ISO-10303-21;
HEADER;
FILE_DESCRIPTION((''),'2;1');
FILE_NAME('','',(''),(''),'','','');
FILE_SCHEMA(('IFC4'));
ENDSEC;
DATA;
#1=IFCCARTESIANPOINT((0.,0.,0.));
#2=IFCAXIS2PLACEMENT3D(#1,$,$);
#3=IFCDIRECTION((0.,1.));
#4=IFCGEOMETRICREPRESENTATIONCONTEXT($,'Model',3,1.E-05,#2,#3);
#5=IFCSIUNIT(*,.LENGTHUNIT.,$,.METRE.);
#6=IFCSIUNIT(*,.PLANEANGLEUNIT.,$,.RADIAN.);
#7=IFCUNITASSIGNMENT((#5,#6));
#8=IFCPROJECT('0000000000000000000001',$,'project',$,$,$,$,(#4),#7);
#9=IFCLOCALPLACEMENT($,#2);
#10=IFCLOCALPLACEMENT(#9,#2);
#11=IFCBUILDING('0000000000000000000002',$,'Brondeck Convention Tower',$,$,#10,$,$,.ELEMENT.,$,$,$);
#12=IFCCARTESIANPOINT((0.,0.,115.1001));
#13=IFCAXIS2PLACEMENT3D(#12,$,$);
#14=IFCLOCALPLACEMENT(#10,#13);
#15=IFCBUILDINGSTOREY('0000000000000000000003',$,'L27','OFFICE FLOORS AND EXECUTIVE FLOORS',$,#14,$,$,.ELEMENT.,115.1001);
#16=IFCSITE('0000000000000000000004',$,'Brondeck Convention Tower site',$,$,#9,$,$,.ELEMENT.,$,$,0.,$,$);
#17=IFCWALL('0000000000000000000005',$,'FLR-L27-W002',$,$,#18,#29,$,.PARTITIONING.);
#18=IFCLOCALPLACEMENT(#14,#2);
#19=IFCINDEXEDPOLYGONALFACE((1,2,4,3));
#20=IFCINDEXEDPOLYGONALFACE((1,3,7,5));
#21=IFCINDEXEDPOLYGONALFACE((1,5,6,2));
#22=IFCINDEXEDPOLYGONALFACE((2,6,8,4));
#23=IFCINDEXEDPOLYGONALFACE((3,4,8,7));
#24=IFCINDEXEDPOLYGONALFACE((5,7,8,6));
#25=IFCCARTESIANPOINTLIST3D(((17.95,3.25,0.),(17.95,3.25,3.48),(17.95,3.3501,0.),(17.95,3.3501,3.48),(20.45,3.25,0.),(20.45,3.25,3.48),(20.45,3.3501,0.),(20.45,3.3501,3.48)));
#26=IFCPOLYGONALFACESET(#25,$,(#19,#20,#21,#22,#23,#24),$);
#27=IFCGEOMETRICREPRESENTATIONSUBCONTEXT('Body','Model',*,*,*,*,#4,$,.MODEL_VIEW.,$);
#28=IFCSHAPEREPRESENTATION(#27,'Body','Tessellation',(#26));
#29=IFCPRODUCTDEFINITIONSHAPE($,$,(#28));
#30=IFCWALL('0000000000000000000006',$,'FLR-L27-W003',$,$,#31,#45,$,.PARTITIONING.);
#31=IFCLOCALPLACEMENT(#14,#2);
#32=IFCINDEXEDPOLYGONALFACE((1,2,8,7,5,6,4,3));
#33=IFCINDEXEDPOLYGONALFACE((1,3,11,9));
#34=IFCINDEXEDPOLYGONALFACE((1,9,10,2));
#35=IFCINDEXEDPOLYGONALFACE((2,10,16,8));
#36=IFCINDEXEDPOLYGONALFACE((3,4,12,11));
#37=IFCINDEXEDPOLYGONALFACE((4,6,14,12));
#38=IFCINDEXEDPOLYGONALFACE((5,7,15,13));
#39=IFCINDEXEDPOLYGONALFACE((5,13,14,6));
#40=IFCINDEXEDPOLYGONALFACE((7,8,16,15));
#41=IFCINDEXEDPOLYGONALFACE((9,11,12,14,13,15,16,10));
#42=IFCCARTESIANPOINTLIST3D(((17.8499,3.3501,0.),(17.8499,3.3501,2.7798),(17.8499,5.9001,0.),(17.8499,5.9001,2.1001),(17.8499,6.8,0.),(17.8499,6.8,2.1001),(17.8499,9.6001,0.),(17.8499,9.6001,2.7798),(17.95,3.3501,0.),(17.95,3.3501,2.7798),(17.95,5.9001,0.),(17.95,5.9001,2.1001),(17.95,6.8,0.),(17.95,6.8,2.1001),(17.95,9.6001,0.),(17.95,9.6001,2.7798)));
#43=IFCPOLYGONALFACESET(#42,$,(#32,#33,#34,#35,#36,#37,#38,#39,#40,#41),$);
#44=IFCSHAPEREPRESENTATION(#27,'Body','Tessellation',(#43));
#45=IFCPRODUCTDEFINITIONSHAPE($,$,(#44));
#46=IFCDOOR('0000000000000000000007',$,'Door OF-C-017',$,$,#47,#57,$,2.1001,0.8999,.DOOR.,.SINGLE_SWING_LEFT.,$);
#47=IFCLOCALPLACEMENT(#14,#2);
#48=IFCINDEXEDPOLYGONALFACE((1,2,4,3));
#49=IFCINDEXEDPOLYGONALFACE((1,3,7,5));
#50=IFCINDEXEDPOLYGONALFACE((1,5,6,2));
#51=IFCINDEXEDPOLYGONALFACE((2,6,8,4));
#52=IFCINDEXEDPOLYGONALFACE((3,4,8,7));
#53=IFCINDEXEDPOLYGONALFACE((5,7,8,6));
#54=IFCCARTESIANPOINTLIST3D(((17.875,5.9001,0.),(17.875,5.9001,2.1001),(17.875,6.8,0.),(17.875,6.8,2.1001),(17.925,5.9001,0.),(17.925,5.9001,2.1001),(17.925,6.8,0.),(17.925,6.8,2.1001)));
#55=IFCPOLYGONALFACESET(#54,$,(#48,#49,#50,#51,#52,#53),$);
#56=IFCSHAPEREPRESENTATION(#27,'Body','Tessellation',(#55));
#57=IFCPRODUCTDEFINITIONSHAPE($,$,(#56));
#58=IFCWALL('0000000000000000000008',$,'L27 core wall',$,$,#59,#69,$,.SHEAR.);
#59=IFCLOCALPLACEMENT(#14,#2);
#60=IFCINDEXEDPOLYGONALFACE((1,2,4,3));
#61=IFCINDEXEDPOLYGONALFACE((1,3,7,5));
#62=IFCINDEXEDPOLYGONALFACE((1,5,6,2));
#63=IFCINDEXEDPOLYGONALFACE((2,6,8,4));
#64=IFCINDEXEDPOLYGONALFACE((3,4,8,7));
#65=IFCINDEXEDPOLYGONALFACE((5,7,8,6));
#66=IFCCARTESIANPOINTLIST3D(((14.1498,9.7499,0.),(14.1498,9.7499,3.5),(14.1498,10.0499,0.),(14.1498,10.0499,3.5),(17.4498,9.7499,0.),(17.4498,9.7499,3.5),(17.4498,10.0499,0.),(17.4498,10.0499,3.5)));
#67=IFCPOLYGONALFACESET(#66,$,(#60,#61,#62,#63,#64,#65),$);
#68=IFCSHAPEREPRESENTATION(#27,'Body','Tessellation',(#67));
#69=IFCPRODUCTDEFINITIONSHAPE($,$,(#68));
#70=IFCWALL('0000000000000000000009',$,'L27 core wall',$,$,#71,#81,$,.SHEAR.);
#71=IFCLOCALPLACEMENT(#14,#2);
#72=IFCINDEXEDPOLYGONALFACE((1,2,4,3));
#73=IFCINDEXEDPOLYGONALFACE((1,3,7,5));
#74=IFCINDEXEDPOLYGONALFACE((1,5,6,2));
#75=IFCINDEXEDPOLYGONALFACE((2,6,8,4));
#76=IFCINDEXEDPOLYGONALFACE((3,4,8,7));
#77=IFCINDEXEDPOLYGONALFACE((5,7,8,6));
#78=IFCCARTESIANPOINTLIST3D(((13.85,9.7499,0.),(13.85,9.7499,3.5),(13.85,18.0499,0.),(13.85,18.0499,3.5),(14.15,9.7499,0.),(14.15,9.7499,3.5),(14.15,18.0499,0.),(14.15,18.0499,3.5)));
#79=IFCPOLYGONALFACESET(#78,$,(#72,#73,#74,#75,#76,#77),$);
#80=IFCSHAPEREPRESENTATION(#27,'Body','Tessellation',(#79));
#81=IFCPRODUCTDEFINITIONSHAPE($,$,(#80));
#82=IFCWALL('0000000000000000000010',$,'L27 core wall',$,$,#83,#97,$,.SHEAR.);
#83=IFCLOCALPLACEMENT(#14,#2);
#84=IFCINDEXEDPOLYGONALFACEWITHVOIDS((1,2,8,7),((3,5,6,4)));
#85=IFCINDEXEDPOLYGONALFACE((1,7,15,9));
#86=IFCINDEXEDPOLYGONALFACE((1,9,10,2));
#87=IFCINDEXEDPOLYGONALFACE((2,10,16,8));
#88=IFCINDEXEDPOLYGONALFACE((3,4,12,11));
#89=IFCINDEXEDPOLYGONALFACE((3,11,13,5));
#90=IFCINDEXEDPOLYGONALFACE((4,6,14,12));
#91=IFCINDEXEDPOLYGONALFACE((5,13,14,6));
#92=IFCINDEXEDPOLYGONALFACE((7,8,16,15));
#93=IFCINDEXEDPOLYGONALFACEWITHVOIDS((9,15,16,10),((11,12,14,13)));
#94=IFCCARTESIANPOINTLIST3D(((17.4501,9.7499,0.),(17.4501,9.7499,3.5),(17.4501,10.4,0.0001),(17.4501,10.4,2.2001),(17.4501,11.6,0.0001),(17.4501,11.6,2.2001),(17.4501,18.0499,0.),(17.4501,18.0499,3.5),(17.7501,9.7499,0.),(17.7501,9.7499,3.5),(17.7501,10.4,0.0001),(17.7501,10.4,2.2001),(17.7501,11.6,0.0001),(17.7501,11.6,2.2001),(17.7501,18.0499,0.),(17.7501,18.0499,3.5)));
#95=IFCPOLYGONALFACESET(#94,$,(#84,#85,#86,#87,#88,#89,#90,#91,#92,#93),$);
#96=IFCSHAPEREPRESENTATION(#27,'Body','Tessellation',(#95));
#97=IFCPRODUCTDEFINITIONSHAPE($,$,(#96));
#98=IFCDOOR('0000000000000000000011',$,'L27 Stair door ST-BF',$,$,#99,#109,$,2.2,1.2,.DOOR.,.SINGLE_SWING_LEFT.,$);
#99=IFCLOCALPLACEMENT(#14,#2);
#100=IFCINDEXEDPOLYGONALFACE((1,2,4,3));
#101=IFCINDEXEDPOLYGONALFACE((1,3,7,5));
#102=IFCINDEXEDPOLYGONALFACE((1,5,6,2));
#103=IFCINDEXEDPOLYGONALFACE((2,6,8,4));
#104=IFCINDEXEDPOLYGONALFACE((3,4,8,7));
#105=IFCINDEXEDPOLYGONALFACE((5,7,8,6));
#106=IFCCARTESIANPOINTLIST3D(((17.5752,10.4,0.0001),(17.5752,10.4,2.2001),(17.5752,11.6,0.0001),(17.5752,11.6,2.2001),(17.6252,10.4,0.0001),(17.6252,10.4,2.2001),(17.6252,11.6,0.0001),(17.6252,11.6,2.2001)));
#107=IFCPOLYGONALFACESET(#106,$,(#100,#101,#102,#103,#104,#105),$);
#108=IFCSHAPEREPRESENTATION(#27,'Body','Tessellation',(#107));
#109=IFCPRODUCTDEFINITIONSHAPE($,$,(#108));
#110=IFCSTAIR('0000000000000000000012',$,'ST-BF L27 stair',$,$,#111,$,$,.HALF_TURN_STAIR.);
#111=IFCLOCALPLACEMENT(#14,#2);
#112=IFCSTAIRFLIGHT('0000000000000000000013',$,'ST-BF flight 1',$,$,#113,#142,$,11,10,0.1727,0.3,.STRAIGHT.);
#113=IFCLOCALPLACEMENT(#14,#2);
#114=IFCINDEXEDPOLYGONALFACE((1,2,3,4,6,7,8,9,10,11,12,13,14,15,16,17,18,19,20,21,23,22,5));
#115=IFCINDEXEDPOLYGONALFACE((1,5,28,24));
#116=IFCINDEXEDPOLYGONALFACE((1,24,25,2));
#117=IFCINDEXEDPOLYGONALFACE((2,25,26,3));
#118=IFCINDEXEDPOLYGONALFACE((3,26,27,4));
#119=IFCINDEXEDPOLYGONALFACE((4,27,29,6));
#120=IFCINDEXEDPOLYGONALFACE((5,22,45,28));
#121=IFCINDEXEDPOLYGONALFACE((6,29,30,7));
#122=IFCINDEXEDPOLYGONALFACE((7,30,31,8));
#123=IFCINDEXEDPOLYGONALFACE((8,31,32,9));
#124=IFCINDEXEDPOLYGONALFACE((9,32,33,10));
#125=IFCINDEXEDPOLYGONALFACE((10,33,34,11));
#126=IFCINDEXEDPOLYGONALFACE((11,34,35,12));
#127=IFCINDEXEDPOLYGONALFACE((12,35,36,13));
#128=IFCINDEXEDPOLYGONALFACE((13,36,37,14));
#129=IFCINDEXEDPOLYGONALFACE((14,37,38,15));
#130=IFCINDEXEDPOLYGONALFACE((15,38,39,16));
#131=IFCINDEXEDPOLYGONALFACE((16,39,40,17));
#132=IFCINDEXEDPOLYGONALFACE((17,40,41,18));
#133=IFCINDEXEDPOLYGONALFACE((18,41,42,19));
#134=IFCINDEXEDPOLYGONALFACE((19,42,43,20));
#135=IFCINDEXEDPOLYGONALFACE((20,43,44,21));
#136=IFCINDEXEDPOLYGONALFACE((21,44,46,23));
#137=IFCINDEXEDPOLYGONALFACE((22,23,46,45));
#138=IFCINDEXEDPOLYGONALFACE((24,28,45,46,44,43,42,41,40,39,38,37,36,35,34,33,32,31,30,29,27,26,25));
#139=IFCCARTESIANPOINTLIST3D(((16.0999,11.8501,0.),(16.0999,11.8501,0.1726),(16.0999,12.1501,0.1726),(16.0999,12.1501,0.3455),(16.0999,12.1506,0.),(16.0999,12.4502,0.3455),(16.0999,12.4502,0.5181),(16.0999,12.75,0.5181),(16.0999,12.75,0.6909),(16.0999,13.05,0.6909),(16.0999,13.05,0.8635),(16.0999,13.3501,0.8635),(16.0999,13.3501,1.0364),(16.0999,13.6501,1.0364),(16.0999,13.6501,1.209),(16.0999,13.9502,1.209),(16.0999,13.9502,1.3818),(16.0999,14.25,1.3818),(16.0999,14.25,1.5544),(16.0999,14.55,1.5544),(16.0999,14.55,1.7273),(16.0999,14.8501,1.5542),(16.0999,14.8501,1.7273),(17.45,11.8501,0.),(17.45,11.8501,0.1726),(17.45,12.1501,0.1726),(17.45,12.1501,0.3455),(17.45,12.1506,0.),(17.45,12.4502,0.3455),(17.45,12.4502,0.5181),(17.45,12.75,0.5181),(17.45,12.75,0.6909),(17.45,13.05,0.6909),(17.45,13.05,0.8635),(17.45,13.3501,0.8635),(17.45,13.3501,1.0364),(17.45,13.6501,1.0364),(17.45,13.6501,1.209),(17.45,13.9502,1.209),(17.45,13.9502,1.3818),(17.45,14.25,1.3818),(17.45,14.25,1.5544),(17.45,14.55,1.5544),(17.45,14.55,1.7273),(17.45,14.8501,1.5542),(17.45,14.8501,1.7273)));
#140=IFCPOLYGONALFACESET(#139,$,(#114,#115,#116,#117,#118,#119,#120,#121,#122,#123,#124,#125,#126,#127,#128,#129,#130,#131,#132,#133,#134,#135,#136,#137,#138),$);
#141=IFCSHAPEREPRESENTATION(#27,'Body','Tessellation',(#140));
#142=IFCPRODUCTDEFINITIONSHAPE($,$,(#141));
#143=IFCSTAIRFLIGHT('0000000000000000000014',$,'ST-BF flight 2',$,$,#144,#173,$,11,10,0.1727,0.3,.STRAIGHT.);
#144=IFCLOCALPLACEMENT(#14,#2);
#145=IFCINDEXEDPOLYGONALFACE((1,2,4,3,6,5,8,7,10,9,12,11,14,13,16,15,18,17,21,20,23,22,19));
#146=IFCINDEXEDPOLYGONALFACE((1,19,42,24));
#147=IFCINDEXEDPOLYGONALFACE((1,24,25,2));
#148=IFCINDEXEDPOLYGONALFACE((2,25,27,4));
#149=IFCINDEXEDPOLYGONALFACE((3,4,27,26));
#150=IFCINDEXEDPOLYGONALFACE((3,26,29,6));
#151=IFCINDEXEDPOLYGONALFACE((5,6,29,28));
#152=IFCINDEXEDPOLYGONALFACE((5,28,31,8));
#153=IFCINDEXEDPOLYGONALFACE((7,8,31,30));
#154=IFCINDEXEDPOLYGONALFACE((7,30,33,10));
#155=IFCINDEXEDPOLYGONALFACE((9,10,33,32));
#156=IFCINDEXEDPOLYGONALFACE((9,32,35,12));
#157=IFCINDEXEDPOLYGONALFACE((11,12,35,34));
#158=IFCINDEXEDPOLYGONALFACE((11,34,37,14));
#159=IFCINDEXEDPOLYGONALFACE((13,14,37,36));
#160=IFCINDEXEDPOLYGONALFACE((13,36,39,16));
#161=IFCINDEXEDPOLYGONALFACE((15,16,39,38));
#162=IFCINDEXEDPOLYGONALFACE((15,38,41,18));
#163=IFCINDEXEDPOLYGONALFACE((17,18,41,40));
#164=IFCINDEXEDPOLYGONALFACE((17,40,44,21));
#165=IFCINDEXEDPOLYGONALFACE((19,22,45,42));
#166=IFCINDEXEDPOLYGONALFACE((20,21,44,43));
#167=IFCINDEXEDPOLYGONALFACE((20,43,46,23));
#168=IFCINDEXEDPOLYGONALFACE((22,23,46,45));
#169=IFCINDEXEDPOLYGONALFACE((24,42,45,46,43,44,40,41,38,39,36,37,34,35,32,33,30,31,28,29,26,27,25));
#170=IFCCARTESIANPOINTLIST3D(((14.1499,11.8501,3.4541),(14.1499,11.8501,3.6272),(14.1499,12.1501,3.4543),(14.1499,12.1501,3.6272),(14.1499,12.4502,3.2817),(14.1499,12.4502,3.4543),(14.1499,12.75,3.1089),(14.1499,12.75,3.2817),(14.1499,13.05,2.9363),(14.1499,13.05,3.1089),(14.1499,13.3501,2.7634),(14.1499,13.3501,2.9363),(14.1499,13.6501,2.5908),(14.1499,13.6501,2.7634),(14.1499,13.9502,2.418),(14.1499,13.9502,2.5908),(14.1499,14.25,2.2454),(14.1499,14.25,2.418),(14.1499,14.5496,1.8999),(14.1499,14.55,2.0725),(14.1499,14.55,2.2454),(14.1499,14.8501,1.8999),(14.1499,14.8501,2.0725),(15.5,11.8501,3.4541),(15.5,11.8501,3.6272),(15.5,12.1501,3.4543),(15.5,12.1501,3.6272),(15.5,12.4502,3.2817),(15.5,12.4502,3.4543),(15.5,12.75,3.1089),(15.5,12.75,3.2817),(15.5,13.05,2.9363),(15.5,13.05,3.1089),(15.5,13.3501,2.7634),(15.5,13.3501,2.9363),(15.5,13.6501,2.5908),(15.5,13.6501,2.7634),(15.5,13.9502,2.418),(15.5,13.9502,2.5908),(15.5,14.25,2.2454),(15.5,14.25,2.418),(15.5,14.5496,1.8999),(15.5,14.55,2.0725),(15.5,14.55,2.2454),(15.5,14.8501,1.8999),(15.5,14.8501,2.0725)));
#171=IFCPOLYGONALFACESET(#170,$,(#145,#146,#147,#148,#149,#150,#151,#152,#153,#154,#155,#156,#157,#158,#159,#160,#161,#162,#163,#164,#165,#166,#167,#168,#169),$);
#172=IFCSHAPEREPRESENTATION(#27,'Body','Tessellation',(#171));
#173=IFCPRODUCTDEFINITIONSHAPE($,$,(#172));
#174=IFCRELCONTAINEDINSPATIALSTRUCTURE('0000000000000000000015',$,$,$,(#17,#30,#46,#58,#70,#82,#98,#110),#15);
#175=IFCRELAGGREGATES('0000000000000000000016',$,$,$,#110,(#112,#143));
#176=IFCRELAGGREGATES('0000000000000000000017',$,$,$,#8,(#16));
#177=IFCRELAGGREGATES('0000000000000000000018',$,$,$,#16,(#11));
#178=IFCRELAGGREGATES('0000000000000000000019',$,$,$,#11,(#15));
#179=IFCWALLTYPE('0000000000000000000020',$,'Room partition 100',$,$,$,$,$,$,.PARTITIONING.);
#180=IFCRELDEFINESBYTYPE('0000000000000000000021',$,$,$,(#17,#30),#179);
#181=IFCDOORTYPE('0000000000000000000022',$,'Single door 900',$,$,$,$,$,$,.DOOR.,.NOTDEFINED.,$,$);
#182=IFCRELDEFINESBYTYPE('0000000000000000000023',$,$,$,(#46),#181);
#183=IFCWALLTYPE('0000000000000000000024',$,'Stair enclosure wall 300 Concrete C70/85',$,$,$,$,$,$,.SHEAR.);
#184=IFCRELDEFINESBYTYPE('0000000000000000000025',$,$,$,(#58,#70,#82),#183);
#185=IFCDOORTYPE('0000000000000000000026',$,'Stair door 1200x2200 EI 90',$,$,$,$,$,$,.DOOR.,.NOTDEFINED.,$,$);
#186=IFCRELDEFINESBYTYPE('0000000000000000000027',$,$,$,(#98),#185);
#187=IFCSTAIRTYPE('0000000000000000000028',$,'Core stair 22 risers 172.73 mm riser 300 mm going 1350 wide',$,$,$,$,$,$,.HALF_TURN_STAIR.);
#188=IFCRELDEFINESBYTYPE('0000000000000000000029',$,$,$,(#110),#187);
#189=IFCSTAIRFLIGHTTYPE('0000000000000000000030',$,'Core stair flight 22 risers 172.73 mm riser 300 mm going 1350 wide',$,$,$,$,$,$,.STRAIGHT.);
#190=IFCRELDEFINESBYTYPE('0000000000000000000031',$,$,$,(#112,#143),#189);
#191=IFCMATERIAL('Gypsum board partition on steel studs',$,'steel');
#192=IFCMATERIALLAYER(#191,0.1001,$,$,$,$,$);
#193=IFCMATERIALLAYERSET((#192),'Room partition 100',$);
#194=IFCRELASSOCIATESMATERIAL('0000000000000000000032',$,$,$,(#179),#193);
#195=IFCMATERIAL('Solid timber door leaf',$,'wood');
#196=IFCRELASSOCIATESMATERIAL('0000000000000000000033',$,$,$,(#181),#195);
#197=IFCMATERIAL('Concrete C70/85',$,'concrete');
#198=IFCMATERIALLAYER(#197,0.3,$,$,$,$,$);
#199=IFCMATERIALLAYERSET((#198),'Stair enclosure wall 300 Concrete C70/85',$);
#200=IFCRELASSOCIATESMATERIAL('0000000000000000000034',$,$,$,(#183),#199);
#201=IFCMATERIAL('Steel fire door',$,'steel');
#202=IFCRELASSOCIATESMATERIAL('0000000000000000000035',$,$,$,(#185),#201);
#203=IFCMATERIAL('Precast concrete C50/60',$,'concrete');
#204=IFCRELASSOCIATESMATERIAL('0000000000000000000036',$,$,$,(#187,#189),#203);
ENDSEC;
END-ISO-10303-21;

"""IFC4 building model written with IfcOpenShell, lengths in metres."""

from ifc_helpers import new_model, si_unit, direction, frame, frame_2d, origin, place, context, subcontext, project, spatial, polyline, rectangle, outline, extrude, material, layer, layer_set, type_object, element, fill, aggregate, save


model = new_model("IFC4")

# Units and contexts
model_context = context("Model", 3, precision=1e-05, world=origin(), true_north=direction((0.0, 1.0)))
body_context = subcontext(model_context, "Body", "Model", "MODEL_VIEW")
ifc_project = project(units=[si_unit("LENGTHUNIT", "METRE"), si_unit("PLANEANGLEUNIT", "RADIAN")], contexts=[model_context])

# Site, building, storey
site_placement = place(None, origin())
site = spatial("IfcSite", under=ifc_project, at=site_placement, Name="Brondeck Convention Tower site", CompositionType="ELEMENT", RefElevation=0.0)
building_placement = place(site_placement, origin())
building = spatial("IfcBuilding", under=site, at=building_placement, Name="Brondeck Convention Tower", CompositionType="ELEMENT")
storey_placement = place(building_placement, frame((0.0, 0.0, 115.1001)))
storey = spatial("IfcBuildingStorey", under=building, at=storey_placement, Name="L27", Description="OFFICE FLOORS AND EXECUTIVE FLOORS", CompositionType="ELEMENT", Elevation=115.1001)

# Shared definitions
ifc_material_1 = material(Name="Concrete C70/85", Category="concrete")

# Wall
ifc_material_2 = material(Name="Gypsum board partition on steel studs", Category="steel")
ifc_layer_1 = layer(ifc_material_2, 0.1001)
ifc_layer_set_1 = layer_set([ifc_layer_1], Name="Room partition 100")
wall_type_1 = type_object("IfcWallType", Name="Room partition 100", PredefinedType="PARTITIONING", material=ifc_layer_set_1)
wall_1_placement = place(storey_placement, frame((20.45, 3.3, 0.0), z_axis=(0.0, 0.0, 1.0), x_axis=(-1.0, 0.0, 0.0)))
element("IfcWall", 1, at=wall_1_placement, inside=storey, type_object=wall_type_1, Name="FLR-L27-W002", PredefinedType="PARTITIONING", context=body_context, shape_type="SweptSolid", body=[
    extrude(rectangle(XDim=2.5, YDim=0.1001, at=frame_2d((1.25, 0.0))), origin(), (0.0, 0.0, 1.0), 3.48),
])

# Wall, opening, door
wall_2_placement = place(storey_placement, frame((17.8999, 3.3501, 0.0), z_axis=(0.0, 0.0, 1.0), x_axis=(0.0, 1.0, 0.0)))
wall_2 = element("IfcWall", 2, at=wall_2_placement, inside=storey, type_object=wall_type_1, Name="FLR-L27-W003", PredefinedType="PARTITIONING", context=body_context, shape_type="SweptSolid", body=[
    extrude(rectangle(XDim=6.25, YDim=0.1001, at=frame_2d((3.125, 0.0))), origin(), (0.0, 0.0, 1.0), 2.7798),
])
opening_1_placement = place(wall_2_placement, frame((2.55, 0.0, 0.0)))
opening_1 = element("IfcOpeningElement", 3, at=opening_1_placement, cuts=wall_2, PredefinedType="OPENING", context=body_context, shape_type="SweptSolid", body=[
    extrude(rectangle(XDim=0.8999, YDim=2.1001, at=frame_2d((0.45, 1.05))), frame((0.0, 0.0601, 0.0), z_axis=(0.0, -1.0, 0.0), x_axis=(1.0, 0.0, 0.0)), (0.0, 0.0, 1.0), 0.1201),
])
ifc_material_3 = material(Name="Solid timber door leaf", Category="wood")
door_type_1 = type_object("IfcDoorType", Name="Single door 900", OperationType="NOTDEFINED", PredefinedType="DOOR", material=ifc_material_3)
door_1_placement = place(opening_1_placement, origin())
door_1 = element("IfcDoor", 4, at=door_1_placement, inside=storey, type_object=door_type_1, Name="Door OF-C-017", OperationType="SINGLE_SWING_LEFT", OverallHeight=2.1001, OverallWidth=0.8999, PredefinedType="DOOR", context=body_context, shape_type="SweptSolid", body=[
    extrude(rectangle(XDim=0.8999, YDim=2.1001, at=frame_2d((0.45, 1.05))), frame((0.0, 0.0249, 0.0), z_axis=(0.0, -1.0, 0.0), x_axis=(1.0, 0.0, 0.0)), (0.0, 0.0, 1.0), 0.05),
])
fill(opening_1, door_1)

# Walls
ifc_layer_2 = layer(ifc_material_1, 0.3)
ifc_layer_set_2 = layer_set([ifc_layer_2], Name="Stair enclosure wall 300 Concrete C70/85")
wall_type_2 = type_object("IfcWallType", Name="Stair enclosure wall 300 Concrete C70/85", PredefinedType="SHEAR", material=ifc_layer_set_2)
wall_3_placement = place(storey_placement, frame((14.1499, 9.8999, 0.0), z_axis=(0.0, 0.0, 1.0), x_axis=(1.0, 0.0, 0.0)))
element("IfcWall", 5, at=wall_3_placement, inside=storey, type_object=wall_type_2, Name="L27 core wall", PredefinedType="SHEAR", context=body_context, shape_type="SweptSolid", body=[
    extrude(rectangle(XDim=3.3, YDim=0.3, at=frame_2d((1.6499, 0.0))), origin(), (0.0, 0.0, 1.0), 3.5),
])
wall_4_placement = place(storey_placement, frame((14.0, 9.75, 0.0), z_axis=(0.0, 0.0, 1.0), x_axis=(0.0, 1.0, 0.0)))
element("IfcWall", 6, at=wall_4_placement, inside=storey, type_object=wall_type_2, Name="L27 core wall", PredefinedType="SHEAR", context=body_context, shape_type="SweptSolid", body=[
    extrude(rectangle(XDim=8.3, YDim=0.3, at=frame_2d((4.1499, 0.0))), origin(), (0.0, 0.0, 1.0), 3.5),
])

# Wall, opening, door
wall_5_placement = place(storey_placement, frame((17.6001, 9.75, 0.0), z_axis=(0.0, 0.0, 1.0), x_axis=(0.0, 1.0, 0.0)))
wall_5 = element("IfcWall", 7, at=wall_5_placement, inside=storey, type_object=wall_type_2, Name="L27 core wall", PredefinedType="SHEAR", context=body_context, shape_type="SweptSolid", body=[
    extrude(rectangle(XDim=8.3, YDim=0.3, at=frame_2d((4.1499, 0.0))), origin(), (0.0, 0.0, 1.0), 3.5),
])
opening_2_placement = place(wall_5_placement, frame((0.6499, 0.0, 0.0)))
opening_2 = element("IfcOpeningElement", 8, at=opening_2_placement, cuts=wall_5, PredefinedType="OPENING", context=body_context, shape_type="SweptSolid", body=[
    extrude(rectangle(XDim=1.2, YDim=2.2, at=frame_2d((0.6001, 1.1001))), frame((0.0, 0.1599, 0.0), z_axis=(0.0, -1.0, 0.0), x_axis=(1.0, 0.0, 0.0)), (0.0, 0.0, 1.0), 0.3201),
])
ifc_material_4 = material(Name="Steel fire door", Category="steel")
door_type_2 = type_object("IfcDoorType", Name="Stair door 1200x2200 EI 90", OperationType="NOTDEFINED", PredefinedType="DOOR", material=ifc_material_4)
door_2_placement = place(opening_2_placement, origin())
door_2 = element("IfcDoor", 9, at=door_2_placement, inside=storey, type_object=door_type_2, Name="L27 Stair door ST-BF", OperationType="SINGLE_SWING_LEFT", OverallHeight=2.2, OverallWidth=1.2, PredefinedType="DOOR", context=body_context, shape_type="SweptSolid", body=[
    extrude(rectangle(XDim=1.2, YDim=2.2, at=frame_2d((0.6001, 1.1001))), frame((0.0, 0.0249, 0.0), z_axis=(0.0, -1.0, 0.0), x_axis=(1.0, 0.0, 0.0)), (0.0, 0.0, 1.0), 0.05),
])
fill(opening_2, door_2)

# Stair, stair flights
ifc_material_5 = material(Name="Precast concrete C50/60", Category="concrete")
stair_type = type_object("IfcStairType", Name="Core stair 22 risers 172.73 mm riser 300 mm going 1350 wide", PredefinedType="HALF_TURN_STAIR", material=ifc_material_5)
stair_placement = place(storey_placement, origin())
stair = element("IfcStair", 10, at=stair_placement, inside=storey, type_object=stair_type, Name="ST-BF L27 stair", PredefinedType="HALF_TURN_STAIR")
stair_flight_type = type_object("IfcStairFlightType", Name="Core stair flight 22 risers 172.73 mm riser 300 mm going 1350 wide", PredefinedType="STRAIGHT", material=ifc_material_5)
stair_flight_1_placement = place(storey_placement, frame((16.7749, 11.8501, 0.0), z_axis=(0.0, 0.0, 1.0), x_axis=(0.0, 1.0, 0.0)))
stair_flight_1 = element("IfcStairFlight", 11, at=stair_flight_1_placement, type_object=stair_flight_type, Name="ST-BF flight 1", NumberOfRisers=11, NumberOfTreads=10, PredefinedType="STRAIGHT", RiserHeight=0.1727, TreadLength=0.3, context=body_context, shape_type="SweptSolid", body=[
    extrude(outline(polyline([(0.0, 0.0), (0.0, 0.1726), (0.3, 0.1726), (0.3, 0.3455), (0.6001, 0.3455), (0.6001, 0.5181), (0.8999, 0.5181), (0.8999, 0.6909), (1.2, 0.6909), (1.2, 0.8635), (1.5, 0.8635), (1.5, 1.0364), (1.8, 1.0364), (1.8, 1.209), (2.1001, 1.209), (2.1001, 1.3818), (2.3999, 1.3818), (2.3999, 1.5544), (2.7, 1.5544), (2.7, 1.7273), (3.0, 1.7273), (3.0, 1.8999), (3.0, 1.5542), (0.3005, 0.0), (0.0, 0.0)])), frame((0.0, 0.675, 0.0), z_axis=(0.0, -1.0, 0.0), x_axis=(1.0, 0.0, 0.0)), (0.0, 0.0, 1.0), 1.3501),
])
stair_flight_2_placement = place(storey_placement, frame((14.825, 14.8501, 1.8999), z_axis=(0.0, 0.0, 1.0), x_axis=(0.0, -1.0, 0.0)))
stair_flight_2 = element("IfcStairFlight", 12, at=stair_flight_2_placement, type_object=stair_flight_type, Name="ST-BF flight 2", NumberOfRisers=11, NumberOfTreads=10, PredefinedType="STRAIGHT", RiserHeight=0.1727, TreadLength=0.3, context=body_context, shape_type="SweptSolid", body=[
    extrude(outline(polyline([(0.0, 0.0), (0.0, 0.1726), (0.3, 0.1726), (0.3, 0.3455), (0.6001, 0.3455), (0.6001, 0.5181), (0.8999, 0.5181), (0.8999, 0.6909), (1.2, 0.6909), (1.2, 0.8635), (1.5, 0.8635), (1.5, 1.0364), (1.8, 1.0364), (1.8, 1.209), (2.1001, 1.209), (2.1001, 1.3818), (2.3999, 1.3818), (2.3999, 1.5544), (2.7, 1.5544), (2.7, 1.7273), (3.0, 1.7273), (3.0, 1.8999), (3.0, 1.5542), (0.3005, 0.0), (0.0, 0.0)])), frame((0.0, 0.675, 0.0), z_axis=(0.0, -1.0, 0.0), x_axis=(1.0, 0.0, 0.0)), (0.0, 0.0, 1.0), 1.3501),
])
aggregate(stair, [stair_flight_1, stair_flight_2])

save(model, "model.ifc")
